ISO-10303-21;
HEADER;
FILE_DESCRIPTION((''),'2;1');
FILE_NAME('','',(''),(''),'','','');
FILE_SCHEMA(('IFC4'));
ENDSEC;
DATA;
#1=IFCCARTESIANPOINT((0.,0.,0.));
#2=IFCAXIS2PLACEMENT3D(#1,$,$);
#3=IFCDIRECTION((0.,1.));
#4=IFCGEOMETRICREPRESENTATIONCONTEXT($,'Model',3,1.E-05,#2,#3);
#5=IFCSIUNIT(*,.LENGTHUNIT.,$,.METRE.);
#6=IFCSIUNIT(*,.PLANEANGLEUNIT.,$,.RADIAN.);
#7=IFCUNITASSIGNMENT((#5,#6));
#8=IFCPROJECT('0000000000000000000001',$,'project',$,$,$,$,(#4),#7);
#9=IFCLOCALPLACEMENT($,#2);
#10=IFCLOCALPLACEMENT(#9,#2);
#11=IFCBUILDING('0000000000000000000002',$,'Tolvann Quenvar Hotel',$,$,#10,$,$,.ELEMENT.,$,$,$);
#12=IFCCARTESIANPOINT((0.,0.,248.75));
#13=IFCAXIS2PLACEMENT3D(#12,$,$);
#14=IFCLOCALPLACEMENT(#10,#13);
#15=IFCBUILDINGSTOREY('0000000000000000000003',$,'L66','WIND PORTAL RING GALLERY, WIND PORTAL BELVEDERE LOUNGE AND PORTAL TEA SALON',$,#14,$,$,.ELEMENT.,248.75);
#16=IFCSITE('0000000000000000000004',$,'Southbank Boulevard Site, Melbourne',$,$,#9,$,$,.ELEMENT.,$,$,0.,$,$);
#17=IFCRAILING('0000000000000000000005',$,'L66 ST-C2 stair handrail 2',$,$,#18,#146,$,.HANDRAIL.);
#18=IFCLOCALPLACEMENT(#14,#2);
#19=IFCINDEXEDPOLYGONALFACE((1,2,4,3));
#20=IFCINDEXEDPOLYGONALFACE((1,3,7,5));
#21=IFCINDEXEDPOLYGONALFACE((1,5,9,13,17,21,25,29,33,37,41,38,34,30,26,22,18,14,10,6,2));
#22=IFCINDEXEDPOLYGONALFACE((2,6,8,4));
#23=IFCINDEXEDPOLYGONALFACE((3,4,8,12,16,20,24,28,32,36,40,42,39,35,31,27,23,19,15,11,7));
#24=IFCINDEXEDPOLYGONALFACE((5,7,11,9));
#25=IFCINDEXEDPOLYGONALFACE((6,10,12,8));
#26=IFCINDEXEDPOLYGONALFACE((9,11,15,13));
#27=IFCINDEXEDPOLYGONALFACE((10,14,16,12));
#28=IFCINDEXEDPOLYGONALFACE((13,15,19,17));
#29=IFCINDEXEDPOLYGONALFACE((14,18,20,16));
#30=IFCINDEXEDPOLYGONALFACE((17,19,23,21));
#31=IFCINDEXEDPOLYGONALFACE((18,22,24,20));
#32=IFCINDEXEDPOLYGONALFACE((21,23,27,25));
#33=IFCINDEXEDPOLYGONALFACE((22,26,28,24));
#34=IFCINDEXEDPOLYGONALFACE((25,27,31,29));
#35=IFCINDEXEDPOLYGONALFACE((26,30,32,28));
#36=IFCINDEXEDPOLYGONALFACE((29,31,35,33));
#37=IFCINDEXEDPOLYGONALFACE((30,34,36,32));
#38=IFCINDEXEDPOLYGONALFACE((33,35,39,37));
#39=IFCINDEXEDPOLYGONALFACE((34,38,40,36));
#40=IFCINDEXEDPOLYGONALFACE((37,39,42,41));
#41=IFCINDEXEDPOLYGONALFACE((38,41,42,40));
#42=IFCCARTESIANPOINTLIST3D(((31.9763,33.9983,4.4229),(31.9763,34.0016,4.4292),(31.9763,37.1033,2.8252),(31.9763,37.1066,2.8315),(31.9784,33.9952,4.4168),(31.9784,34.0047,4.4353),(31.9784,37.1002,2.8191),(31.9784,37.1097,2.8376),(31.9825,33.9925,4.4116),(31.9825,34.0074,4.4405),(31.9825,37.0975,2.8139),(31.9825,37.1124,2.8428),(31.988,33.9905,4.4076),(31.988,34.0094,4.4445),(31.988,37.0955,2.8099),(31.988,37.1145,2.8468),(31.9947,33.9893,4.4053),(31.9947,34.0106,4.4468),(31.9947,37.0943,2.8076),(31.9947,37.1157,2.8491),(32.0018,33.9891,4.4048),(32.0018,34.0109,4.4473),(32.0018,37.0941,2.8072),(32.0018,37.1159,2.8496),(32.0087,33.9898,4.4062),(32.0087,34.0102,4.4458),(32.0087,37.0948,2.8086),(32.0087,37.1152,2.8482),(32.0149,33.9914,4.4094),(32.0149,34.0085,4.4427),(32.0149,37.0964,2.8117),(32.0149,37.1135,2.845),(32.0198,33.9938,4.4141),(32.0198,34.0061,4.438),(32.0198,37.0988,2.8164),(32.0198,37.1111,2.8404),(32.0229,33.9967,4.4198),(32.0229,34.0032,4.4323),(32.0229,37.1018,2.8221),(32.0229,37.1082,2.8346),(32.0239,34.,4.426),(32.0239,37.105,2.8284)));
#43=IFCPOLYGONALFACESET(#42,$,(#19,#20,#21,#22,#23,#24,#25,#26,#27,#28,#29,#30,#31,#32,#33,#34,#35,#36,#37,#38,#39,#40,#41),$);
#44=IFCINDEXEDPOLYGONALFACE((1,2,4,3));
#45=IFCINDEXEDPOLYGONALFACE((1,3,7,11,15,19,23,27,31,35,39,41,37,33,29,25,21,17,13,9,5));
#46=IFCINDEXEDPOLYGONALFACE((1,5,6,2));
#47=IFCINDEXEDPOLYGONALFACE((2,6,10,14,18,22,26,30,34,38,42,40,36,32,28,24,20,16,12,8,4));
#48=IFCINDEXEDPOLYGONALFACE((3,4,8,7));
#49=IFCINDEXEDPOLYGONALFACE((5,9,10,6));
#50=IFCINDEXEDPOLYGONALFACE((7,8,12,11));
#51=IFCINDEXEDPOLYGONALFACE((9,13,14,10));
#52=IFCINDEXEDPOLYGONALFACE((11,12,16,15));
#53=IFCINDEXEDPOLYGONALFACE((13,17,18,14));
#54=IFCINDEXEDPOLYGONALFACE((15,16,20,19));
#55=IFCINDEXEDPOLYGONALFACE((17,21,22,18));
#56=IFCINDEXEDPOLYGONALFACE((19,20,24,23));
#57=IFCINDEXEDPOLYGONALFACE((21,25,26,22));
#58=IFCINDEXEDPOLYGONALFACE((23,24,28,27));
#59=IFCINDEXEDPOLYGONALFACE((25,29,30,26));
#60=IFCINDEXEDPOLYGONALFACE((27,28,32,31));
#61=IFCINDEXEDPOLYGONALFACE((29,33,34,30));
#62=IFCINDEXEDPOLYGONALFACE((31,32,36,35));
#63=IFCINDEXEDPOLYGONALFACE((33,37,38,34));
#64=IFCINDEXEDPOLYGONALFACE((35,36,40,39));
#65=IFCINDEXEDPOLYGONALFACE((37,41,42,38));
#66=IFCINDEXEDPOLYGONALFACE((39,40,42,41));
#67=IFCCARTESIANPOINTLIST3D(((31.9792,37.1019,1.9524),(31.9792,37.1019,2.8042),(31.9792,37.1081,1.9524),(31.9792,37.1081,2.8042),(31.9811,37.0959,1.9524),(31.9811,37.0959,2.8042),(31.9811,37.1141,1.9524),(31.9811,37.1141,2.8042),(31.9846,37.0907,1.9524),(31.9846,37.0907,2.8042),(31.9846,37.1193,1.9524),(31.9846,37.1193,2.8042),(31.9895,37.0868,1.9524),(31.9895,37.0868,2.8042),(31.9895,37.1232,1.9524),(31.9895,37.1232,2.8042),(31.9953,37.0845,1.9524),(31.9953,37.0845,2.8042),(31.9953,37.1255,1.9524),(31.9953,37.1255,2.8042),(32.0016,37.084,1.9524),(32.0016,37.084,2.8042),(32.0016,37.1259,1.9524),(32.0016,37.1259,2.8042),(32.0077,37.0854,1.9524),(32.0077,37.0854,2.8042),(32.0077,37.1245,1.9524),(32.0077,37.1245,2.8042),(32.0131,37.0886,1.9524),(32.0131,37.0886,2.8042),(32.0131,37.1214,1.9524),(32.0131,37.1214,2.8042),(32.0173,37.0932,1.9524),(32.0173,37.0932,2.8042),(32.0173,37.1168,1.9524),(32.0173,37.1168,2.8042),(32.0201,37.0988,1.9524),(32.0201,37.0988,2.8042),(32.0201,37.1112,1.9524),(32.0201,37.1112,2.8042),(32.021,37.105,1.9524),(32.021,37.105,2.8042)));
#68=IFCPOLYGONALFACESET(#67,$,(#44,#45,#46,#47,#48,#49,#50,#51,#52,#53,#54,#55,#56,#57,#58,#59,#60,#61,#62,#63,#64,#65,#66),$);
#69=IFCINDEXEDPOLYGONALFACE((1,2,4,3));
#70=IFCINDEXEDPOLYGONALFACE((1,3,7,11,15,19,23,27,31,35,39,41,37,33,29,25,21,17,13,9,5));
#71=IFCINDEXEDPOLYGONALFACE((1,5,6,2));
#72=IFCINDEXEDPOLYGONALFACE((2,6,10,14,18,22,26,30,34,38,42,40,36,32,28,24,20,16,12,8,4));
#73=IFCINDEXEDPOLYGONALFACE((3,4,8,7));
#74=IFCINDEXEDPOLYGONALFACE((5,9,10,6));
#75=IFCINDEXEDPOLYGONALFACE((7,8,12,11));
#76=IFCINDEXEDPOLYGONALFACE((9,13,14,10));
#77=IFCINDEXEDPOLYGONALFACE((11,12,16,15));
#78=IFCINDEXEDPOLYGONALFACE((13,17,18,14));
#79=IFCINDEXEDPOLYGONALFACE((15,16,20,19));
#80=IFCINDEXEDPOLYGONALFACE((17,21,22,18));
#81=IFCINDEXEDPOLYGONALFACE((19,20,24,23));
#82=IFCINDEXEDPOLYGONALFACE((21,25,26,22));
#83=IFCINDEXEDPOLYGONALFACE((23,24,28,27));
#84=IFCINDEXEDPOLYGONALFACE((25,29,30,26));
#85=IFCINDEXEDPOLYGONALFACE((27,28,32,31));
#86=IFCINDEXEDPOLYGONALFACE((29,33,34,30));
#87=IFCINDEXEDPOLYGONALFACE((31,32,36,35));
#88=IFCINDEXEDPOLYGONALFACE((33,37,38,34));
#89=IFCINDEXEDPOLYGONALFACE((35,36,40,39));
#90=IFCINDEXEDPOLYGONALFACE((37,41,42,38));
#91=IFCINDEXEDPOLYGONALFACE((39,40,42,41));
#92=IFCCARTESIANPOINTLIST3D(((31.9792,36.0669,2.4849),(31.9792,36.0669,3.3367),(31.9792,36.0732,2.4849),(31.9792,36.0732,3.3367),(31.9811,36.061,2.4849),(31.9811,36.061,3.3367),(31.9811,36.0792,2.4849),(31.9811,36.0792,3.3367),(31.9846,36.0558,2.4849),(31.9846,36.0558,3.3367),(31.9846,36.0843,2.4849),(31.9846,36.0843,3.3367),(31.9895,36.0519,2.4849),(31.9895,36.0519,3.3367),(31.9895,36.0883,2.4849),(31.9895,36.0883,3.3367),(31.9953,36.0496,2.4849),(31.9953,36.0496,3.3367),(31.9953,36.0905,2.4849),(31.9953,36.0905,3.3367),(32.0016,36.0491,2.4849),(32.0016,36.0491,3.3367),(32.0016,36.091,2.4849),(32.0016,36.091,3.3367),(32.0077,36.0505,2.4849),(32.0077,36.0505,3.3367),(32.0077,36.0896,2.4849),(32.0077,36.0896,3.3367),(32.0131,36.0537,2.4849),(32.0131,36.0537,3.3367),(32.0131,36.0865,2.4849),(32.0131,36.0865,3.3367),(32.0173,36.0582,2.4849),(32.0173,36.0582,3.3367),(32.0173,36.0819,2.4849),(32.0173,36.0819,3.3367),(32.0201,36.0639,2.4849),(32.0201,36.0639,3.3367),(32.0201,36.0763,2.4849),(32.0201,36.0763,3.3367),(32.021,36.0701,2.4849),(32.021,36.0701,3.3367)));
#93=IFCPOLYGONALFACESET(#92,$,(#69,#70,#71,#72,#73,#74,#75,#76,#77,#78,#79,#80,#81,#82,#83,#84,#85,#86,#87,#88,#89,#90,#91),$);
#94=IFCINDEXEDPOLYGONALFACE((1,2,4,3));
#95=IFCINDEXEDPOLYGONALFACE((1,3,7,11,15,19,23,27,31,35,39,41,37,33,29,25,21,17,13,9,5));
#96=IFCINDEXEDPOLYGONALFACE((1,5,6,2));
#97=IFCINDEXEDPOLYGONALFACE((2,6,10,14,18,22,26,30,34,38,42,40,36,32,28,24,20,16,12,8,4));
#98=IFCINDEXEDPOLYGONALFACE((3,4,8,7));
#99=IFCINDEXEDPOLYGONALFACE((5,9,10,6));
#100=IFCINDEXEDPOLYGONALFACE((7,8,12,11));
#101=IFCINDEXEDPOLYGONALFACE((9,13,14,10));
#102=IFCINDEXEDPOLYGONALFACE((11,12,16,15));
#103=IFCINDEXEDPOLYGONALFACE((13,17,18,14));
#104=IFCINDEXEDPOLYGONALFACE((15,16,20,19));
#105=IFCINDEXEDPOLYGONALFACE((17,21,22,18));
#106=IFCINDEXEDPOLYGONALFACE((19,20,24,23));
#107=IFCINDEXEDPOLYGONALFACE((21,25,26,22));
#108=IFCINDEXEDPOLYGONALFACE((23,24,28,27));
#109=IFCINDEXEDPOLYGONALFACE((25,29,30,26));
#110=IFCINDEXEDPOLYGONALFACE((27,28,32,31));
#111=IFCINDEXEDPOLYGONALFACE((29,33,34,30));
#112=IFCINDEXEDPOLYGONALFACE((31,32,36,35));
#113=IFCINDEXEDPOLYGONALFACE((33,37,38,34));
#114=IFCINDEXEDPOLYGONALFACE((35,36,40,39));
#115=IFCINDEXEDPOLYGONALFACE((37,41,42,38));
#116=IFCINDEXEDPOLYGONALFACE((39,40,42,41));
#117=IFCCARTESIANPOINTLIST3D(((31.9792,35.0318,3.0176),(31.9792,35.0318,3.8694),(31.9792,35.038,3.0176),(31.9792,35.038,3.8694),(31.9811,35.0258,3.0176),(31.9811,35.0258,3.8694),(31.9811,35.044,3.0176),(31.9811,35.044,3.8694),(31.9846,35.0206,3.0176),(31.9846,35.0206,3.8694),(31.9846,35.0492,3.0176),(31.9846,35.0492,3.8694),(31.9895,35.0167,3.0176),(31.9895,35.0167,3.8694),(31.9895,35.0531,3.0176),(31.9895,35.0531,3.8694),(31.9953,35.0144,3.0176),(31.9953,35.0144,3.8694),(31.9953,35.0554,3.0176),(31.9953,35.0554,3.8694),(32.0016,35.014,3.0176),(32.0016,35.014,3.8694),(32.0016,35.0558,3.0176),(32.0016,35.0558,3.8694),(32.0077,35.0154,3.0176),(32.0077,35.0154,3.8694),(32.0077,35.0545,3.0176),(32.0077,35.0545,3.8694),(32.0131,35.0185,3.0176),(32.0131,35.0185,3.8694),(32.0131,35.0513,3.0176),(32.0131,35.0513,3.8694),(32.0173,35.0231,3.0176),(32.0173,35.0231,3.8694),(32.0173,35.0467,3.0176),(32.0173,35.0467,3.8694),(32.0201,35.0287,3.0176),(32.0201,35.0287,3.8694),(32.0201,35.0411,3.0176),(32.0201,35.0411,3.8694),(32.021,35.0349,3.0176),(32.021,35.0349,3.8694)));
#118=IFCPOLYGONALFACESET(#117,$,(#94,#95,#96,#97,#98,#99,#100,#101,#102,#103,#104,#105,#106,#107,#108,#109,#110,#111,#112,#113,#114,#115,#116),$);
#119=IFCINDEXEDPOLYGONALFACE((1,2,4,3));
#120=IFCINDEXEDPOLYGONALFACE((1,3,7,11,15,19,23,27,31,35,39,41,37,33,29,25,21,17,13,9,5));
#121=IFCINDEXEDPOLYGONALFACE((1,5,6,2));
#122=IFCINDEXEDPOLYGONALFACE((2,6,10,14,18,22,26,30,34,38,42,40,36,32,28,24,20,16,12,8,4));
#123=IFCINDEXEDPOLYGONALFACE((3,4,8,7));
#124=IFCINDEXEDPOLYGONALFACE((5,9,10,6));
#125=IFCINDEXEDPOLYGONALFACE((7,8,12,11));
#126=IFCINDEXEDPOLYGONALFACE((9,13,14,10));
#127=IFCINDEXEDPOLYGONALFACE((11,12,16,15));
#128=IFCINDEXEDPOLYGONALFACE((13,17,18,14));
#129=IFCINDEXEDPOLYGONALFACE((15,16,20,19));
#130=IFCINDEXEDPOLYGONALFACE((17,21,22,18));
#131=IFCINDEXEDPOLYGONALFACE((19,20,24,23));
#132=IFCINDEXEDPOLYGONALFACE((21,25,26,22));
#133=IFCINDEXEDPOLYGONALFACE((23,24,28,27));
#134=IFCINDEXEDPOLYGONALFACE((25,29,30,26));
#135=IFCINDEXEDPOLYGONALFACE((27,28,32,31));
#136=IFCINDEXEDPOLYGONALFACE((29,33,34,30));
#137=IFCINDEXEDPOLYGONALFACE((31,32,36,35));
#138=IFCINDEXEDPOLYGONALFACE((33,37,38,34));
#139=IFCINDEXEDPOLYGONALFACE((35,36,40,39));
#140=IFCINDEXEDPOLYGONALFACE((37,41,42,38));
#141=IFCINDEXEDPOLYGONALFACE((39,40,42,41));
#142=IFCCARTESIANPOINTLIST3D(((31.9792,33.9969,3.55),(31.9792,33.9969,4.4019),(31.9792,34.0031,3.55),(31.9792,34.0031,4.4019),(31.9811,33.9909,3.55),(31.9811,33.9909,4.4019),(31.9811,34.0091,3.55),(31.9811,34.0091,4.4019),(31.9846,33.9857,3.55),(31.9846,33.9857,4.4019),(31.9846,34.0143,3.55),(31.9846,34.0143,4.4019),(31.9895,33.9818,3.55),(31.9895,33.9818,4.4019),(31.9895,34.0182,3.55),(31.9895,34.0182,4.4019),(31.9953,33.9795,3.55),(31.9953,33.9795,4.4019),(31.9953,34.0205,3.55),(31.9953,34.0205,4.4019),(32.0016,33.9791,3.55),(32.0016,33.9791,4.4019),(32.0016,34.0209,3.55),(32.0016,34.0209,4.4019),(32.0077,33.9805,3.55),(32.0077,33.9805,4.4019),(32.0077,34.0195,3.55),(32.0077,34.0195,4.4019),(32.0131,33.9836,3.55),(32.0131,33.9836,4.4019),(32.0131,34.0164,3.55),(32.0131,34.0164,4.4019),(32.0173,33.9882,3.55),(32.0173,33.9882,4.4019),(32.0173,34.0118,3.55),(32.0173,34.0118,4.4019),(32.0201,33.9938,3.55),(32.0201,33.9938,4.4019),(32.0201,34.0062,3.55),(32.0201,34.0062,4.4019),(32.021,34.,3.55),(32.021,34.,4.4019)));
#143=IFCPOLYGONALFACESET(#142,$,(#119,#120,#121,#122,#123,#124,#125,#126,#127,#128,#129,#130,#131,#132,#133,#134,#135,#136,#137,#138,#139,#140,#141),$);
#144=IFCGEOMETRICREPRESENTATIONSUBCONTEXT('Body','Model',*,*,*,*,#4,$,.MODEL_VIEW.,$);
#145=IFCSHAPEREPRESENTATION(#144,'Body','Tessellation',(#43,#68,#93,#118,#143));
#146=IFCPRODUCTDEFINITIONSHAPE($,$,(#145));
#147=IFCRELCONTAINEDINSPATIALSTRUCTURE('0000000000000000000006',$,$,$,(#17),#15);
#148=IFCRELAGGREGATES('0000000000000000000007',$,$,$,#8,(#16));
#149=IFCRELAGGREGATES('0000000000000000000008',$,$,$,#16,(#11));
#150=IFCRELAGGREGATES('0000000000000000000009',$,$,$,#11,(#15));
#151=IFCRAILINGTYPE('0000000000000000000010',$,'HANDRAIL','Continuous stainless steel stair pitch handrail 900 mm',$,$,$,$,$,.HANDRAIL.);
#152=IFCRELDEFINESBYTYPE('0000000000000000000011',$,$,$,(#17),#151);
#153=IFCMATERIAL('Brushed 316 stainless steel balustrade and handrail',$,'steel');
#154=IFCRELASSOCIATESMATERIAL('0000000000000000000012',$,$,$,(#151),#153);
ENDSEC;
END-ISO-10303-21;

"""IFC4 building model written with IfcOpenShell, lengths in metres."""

from ifc_helpers import new_model, si_unit, direction, frame, origin, origin_2d, place, context, subcontext, project, spatial, circle, extrude, material, type_object, element, save


model = new_model("IFC4")

# Units and contexts
model_context = context("Model", 3, precision=1e-05, world=origin(), true_north=direction((0.0, 1.0)))
body_context = subcontext(model_context, "Body", "Model", "MODEL_VIEW")
ifc_project = project(units=[si_unit("LENGTHUNIT", "METRE"), si_unit("PLANEANGLEUNIT", "RADIAN")], contexts=[model_context])

# Site, building, storey
site_placement = place(None, origin())
site = spatial("IfcSite", under=ifc_project, at=site_placement, Name="Southbank Boulevard Site, Melbourne", CompositionType="ELEMENT", RefElevation=0.0)
building_placement = place(site_placement, origin())
building = spatial("IfcBuilding", under=site, at=building_placement, Name="Tolvann Quenvar Hotel", CompositionType="ELEMENT")
storey_placement = place(building_placement, frame((0.0, 0.0, 248.75)))
storey = spatial("IfcBuildingStorey", under=building, at=storey_placement, Name="L66", Description="WIND PORTAL RING GALLERY, WIND PORTAL BELVEDERE LOUNGE AND PORTAL TEA SALON", CompositionType="ELEMENT", Elevation=248.75)

# Railing
ifc_material_1 = material(Name="Brushed 316 stainless steel balustrade and handrail", Category="steel")
railing_type_1 = type_object("IfcRailingType", Name="HANDRAIL", Description="Continuous stainless steel stair pitch handrail 900 mm", PredefinedType="HANDRAIL", material=ifc_material_1)
railing_1_placement = place(storey_placement, frame((32.0, 37.105, 1.9524)))
element("IfcRailing", 1, at=railing_1_placement, inside=storey, type_object=railing_type_1, Name="L66 ST-C2 stair handrail 2", PredefinedType="HANDRAIL", context=body_context, shape_type="SweptSolid", body=[
    extrude(circle(Radius=0.0239, at=origin_2d()), frame((0.0, 0.0, 0.876), z_axis=(0.0, -0.889194, 0.457531), x_axis=(1.0, 0.0, 0.0)), (0.0, 0.0, 1.0), 3.4919),
    extrude(circle(Radius=0.021, at=origin_2d()), origin(), (0.0, 0.0, 1.0), 0.8518),
    extrude(circle(Radius=0.021, at=origin_2d()), frame((0.0, -1.0349, 0.5325)), (0.0, 0.0, 1.0), 0.8518),
    extrude(circle(Radius=0.021, at=origin_2d()), frame((0.0, -2.0701, 1.0652)), (0.0, 0.0, 1.0), 0.8518),
    extrude(circle(Radius=0.021, at=origin_2d()), frame((0.0, -3.105, 1.5977)), (0.0, 0.0, 1.0), 0.8518),
])

save(model, "model.ifc")
